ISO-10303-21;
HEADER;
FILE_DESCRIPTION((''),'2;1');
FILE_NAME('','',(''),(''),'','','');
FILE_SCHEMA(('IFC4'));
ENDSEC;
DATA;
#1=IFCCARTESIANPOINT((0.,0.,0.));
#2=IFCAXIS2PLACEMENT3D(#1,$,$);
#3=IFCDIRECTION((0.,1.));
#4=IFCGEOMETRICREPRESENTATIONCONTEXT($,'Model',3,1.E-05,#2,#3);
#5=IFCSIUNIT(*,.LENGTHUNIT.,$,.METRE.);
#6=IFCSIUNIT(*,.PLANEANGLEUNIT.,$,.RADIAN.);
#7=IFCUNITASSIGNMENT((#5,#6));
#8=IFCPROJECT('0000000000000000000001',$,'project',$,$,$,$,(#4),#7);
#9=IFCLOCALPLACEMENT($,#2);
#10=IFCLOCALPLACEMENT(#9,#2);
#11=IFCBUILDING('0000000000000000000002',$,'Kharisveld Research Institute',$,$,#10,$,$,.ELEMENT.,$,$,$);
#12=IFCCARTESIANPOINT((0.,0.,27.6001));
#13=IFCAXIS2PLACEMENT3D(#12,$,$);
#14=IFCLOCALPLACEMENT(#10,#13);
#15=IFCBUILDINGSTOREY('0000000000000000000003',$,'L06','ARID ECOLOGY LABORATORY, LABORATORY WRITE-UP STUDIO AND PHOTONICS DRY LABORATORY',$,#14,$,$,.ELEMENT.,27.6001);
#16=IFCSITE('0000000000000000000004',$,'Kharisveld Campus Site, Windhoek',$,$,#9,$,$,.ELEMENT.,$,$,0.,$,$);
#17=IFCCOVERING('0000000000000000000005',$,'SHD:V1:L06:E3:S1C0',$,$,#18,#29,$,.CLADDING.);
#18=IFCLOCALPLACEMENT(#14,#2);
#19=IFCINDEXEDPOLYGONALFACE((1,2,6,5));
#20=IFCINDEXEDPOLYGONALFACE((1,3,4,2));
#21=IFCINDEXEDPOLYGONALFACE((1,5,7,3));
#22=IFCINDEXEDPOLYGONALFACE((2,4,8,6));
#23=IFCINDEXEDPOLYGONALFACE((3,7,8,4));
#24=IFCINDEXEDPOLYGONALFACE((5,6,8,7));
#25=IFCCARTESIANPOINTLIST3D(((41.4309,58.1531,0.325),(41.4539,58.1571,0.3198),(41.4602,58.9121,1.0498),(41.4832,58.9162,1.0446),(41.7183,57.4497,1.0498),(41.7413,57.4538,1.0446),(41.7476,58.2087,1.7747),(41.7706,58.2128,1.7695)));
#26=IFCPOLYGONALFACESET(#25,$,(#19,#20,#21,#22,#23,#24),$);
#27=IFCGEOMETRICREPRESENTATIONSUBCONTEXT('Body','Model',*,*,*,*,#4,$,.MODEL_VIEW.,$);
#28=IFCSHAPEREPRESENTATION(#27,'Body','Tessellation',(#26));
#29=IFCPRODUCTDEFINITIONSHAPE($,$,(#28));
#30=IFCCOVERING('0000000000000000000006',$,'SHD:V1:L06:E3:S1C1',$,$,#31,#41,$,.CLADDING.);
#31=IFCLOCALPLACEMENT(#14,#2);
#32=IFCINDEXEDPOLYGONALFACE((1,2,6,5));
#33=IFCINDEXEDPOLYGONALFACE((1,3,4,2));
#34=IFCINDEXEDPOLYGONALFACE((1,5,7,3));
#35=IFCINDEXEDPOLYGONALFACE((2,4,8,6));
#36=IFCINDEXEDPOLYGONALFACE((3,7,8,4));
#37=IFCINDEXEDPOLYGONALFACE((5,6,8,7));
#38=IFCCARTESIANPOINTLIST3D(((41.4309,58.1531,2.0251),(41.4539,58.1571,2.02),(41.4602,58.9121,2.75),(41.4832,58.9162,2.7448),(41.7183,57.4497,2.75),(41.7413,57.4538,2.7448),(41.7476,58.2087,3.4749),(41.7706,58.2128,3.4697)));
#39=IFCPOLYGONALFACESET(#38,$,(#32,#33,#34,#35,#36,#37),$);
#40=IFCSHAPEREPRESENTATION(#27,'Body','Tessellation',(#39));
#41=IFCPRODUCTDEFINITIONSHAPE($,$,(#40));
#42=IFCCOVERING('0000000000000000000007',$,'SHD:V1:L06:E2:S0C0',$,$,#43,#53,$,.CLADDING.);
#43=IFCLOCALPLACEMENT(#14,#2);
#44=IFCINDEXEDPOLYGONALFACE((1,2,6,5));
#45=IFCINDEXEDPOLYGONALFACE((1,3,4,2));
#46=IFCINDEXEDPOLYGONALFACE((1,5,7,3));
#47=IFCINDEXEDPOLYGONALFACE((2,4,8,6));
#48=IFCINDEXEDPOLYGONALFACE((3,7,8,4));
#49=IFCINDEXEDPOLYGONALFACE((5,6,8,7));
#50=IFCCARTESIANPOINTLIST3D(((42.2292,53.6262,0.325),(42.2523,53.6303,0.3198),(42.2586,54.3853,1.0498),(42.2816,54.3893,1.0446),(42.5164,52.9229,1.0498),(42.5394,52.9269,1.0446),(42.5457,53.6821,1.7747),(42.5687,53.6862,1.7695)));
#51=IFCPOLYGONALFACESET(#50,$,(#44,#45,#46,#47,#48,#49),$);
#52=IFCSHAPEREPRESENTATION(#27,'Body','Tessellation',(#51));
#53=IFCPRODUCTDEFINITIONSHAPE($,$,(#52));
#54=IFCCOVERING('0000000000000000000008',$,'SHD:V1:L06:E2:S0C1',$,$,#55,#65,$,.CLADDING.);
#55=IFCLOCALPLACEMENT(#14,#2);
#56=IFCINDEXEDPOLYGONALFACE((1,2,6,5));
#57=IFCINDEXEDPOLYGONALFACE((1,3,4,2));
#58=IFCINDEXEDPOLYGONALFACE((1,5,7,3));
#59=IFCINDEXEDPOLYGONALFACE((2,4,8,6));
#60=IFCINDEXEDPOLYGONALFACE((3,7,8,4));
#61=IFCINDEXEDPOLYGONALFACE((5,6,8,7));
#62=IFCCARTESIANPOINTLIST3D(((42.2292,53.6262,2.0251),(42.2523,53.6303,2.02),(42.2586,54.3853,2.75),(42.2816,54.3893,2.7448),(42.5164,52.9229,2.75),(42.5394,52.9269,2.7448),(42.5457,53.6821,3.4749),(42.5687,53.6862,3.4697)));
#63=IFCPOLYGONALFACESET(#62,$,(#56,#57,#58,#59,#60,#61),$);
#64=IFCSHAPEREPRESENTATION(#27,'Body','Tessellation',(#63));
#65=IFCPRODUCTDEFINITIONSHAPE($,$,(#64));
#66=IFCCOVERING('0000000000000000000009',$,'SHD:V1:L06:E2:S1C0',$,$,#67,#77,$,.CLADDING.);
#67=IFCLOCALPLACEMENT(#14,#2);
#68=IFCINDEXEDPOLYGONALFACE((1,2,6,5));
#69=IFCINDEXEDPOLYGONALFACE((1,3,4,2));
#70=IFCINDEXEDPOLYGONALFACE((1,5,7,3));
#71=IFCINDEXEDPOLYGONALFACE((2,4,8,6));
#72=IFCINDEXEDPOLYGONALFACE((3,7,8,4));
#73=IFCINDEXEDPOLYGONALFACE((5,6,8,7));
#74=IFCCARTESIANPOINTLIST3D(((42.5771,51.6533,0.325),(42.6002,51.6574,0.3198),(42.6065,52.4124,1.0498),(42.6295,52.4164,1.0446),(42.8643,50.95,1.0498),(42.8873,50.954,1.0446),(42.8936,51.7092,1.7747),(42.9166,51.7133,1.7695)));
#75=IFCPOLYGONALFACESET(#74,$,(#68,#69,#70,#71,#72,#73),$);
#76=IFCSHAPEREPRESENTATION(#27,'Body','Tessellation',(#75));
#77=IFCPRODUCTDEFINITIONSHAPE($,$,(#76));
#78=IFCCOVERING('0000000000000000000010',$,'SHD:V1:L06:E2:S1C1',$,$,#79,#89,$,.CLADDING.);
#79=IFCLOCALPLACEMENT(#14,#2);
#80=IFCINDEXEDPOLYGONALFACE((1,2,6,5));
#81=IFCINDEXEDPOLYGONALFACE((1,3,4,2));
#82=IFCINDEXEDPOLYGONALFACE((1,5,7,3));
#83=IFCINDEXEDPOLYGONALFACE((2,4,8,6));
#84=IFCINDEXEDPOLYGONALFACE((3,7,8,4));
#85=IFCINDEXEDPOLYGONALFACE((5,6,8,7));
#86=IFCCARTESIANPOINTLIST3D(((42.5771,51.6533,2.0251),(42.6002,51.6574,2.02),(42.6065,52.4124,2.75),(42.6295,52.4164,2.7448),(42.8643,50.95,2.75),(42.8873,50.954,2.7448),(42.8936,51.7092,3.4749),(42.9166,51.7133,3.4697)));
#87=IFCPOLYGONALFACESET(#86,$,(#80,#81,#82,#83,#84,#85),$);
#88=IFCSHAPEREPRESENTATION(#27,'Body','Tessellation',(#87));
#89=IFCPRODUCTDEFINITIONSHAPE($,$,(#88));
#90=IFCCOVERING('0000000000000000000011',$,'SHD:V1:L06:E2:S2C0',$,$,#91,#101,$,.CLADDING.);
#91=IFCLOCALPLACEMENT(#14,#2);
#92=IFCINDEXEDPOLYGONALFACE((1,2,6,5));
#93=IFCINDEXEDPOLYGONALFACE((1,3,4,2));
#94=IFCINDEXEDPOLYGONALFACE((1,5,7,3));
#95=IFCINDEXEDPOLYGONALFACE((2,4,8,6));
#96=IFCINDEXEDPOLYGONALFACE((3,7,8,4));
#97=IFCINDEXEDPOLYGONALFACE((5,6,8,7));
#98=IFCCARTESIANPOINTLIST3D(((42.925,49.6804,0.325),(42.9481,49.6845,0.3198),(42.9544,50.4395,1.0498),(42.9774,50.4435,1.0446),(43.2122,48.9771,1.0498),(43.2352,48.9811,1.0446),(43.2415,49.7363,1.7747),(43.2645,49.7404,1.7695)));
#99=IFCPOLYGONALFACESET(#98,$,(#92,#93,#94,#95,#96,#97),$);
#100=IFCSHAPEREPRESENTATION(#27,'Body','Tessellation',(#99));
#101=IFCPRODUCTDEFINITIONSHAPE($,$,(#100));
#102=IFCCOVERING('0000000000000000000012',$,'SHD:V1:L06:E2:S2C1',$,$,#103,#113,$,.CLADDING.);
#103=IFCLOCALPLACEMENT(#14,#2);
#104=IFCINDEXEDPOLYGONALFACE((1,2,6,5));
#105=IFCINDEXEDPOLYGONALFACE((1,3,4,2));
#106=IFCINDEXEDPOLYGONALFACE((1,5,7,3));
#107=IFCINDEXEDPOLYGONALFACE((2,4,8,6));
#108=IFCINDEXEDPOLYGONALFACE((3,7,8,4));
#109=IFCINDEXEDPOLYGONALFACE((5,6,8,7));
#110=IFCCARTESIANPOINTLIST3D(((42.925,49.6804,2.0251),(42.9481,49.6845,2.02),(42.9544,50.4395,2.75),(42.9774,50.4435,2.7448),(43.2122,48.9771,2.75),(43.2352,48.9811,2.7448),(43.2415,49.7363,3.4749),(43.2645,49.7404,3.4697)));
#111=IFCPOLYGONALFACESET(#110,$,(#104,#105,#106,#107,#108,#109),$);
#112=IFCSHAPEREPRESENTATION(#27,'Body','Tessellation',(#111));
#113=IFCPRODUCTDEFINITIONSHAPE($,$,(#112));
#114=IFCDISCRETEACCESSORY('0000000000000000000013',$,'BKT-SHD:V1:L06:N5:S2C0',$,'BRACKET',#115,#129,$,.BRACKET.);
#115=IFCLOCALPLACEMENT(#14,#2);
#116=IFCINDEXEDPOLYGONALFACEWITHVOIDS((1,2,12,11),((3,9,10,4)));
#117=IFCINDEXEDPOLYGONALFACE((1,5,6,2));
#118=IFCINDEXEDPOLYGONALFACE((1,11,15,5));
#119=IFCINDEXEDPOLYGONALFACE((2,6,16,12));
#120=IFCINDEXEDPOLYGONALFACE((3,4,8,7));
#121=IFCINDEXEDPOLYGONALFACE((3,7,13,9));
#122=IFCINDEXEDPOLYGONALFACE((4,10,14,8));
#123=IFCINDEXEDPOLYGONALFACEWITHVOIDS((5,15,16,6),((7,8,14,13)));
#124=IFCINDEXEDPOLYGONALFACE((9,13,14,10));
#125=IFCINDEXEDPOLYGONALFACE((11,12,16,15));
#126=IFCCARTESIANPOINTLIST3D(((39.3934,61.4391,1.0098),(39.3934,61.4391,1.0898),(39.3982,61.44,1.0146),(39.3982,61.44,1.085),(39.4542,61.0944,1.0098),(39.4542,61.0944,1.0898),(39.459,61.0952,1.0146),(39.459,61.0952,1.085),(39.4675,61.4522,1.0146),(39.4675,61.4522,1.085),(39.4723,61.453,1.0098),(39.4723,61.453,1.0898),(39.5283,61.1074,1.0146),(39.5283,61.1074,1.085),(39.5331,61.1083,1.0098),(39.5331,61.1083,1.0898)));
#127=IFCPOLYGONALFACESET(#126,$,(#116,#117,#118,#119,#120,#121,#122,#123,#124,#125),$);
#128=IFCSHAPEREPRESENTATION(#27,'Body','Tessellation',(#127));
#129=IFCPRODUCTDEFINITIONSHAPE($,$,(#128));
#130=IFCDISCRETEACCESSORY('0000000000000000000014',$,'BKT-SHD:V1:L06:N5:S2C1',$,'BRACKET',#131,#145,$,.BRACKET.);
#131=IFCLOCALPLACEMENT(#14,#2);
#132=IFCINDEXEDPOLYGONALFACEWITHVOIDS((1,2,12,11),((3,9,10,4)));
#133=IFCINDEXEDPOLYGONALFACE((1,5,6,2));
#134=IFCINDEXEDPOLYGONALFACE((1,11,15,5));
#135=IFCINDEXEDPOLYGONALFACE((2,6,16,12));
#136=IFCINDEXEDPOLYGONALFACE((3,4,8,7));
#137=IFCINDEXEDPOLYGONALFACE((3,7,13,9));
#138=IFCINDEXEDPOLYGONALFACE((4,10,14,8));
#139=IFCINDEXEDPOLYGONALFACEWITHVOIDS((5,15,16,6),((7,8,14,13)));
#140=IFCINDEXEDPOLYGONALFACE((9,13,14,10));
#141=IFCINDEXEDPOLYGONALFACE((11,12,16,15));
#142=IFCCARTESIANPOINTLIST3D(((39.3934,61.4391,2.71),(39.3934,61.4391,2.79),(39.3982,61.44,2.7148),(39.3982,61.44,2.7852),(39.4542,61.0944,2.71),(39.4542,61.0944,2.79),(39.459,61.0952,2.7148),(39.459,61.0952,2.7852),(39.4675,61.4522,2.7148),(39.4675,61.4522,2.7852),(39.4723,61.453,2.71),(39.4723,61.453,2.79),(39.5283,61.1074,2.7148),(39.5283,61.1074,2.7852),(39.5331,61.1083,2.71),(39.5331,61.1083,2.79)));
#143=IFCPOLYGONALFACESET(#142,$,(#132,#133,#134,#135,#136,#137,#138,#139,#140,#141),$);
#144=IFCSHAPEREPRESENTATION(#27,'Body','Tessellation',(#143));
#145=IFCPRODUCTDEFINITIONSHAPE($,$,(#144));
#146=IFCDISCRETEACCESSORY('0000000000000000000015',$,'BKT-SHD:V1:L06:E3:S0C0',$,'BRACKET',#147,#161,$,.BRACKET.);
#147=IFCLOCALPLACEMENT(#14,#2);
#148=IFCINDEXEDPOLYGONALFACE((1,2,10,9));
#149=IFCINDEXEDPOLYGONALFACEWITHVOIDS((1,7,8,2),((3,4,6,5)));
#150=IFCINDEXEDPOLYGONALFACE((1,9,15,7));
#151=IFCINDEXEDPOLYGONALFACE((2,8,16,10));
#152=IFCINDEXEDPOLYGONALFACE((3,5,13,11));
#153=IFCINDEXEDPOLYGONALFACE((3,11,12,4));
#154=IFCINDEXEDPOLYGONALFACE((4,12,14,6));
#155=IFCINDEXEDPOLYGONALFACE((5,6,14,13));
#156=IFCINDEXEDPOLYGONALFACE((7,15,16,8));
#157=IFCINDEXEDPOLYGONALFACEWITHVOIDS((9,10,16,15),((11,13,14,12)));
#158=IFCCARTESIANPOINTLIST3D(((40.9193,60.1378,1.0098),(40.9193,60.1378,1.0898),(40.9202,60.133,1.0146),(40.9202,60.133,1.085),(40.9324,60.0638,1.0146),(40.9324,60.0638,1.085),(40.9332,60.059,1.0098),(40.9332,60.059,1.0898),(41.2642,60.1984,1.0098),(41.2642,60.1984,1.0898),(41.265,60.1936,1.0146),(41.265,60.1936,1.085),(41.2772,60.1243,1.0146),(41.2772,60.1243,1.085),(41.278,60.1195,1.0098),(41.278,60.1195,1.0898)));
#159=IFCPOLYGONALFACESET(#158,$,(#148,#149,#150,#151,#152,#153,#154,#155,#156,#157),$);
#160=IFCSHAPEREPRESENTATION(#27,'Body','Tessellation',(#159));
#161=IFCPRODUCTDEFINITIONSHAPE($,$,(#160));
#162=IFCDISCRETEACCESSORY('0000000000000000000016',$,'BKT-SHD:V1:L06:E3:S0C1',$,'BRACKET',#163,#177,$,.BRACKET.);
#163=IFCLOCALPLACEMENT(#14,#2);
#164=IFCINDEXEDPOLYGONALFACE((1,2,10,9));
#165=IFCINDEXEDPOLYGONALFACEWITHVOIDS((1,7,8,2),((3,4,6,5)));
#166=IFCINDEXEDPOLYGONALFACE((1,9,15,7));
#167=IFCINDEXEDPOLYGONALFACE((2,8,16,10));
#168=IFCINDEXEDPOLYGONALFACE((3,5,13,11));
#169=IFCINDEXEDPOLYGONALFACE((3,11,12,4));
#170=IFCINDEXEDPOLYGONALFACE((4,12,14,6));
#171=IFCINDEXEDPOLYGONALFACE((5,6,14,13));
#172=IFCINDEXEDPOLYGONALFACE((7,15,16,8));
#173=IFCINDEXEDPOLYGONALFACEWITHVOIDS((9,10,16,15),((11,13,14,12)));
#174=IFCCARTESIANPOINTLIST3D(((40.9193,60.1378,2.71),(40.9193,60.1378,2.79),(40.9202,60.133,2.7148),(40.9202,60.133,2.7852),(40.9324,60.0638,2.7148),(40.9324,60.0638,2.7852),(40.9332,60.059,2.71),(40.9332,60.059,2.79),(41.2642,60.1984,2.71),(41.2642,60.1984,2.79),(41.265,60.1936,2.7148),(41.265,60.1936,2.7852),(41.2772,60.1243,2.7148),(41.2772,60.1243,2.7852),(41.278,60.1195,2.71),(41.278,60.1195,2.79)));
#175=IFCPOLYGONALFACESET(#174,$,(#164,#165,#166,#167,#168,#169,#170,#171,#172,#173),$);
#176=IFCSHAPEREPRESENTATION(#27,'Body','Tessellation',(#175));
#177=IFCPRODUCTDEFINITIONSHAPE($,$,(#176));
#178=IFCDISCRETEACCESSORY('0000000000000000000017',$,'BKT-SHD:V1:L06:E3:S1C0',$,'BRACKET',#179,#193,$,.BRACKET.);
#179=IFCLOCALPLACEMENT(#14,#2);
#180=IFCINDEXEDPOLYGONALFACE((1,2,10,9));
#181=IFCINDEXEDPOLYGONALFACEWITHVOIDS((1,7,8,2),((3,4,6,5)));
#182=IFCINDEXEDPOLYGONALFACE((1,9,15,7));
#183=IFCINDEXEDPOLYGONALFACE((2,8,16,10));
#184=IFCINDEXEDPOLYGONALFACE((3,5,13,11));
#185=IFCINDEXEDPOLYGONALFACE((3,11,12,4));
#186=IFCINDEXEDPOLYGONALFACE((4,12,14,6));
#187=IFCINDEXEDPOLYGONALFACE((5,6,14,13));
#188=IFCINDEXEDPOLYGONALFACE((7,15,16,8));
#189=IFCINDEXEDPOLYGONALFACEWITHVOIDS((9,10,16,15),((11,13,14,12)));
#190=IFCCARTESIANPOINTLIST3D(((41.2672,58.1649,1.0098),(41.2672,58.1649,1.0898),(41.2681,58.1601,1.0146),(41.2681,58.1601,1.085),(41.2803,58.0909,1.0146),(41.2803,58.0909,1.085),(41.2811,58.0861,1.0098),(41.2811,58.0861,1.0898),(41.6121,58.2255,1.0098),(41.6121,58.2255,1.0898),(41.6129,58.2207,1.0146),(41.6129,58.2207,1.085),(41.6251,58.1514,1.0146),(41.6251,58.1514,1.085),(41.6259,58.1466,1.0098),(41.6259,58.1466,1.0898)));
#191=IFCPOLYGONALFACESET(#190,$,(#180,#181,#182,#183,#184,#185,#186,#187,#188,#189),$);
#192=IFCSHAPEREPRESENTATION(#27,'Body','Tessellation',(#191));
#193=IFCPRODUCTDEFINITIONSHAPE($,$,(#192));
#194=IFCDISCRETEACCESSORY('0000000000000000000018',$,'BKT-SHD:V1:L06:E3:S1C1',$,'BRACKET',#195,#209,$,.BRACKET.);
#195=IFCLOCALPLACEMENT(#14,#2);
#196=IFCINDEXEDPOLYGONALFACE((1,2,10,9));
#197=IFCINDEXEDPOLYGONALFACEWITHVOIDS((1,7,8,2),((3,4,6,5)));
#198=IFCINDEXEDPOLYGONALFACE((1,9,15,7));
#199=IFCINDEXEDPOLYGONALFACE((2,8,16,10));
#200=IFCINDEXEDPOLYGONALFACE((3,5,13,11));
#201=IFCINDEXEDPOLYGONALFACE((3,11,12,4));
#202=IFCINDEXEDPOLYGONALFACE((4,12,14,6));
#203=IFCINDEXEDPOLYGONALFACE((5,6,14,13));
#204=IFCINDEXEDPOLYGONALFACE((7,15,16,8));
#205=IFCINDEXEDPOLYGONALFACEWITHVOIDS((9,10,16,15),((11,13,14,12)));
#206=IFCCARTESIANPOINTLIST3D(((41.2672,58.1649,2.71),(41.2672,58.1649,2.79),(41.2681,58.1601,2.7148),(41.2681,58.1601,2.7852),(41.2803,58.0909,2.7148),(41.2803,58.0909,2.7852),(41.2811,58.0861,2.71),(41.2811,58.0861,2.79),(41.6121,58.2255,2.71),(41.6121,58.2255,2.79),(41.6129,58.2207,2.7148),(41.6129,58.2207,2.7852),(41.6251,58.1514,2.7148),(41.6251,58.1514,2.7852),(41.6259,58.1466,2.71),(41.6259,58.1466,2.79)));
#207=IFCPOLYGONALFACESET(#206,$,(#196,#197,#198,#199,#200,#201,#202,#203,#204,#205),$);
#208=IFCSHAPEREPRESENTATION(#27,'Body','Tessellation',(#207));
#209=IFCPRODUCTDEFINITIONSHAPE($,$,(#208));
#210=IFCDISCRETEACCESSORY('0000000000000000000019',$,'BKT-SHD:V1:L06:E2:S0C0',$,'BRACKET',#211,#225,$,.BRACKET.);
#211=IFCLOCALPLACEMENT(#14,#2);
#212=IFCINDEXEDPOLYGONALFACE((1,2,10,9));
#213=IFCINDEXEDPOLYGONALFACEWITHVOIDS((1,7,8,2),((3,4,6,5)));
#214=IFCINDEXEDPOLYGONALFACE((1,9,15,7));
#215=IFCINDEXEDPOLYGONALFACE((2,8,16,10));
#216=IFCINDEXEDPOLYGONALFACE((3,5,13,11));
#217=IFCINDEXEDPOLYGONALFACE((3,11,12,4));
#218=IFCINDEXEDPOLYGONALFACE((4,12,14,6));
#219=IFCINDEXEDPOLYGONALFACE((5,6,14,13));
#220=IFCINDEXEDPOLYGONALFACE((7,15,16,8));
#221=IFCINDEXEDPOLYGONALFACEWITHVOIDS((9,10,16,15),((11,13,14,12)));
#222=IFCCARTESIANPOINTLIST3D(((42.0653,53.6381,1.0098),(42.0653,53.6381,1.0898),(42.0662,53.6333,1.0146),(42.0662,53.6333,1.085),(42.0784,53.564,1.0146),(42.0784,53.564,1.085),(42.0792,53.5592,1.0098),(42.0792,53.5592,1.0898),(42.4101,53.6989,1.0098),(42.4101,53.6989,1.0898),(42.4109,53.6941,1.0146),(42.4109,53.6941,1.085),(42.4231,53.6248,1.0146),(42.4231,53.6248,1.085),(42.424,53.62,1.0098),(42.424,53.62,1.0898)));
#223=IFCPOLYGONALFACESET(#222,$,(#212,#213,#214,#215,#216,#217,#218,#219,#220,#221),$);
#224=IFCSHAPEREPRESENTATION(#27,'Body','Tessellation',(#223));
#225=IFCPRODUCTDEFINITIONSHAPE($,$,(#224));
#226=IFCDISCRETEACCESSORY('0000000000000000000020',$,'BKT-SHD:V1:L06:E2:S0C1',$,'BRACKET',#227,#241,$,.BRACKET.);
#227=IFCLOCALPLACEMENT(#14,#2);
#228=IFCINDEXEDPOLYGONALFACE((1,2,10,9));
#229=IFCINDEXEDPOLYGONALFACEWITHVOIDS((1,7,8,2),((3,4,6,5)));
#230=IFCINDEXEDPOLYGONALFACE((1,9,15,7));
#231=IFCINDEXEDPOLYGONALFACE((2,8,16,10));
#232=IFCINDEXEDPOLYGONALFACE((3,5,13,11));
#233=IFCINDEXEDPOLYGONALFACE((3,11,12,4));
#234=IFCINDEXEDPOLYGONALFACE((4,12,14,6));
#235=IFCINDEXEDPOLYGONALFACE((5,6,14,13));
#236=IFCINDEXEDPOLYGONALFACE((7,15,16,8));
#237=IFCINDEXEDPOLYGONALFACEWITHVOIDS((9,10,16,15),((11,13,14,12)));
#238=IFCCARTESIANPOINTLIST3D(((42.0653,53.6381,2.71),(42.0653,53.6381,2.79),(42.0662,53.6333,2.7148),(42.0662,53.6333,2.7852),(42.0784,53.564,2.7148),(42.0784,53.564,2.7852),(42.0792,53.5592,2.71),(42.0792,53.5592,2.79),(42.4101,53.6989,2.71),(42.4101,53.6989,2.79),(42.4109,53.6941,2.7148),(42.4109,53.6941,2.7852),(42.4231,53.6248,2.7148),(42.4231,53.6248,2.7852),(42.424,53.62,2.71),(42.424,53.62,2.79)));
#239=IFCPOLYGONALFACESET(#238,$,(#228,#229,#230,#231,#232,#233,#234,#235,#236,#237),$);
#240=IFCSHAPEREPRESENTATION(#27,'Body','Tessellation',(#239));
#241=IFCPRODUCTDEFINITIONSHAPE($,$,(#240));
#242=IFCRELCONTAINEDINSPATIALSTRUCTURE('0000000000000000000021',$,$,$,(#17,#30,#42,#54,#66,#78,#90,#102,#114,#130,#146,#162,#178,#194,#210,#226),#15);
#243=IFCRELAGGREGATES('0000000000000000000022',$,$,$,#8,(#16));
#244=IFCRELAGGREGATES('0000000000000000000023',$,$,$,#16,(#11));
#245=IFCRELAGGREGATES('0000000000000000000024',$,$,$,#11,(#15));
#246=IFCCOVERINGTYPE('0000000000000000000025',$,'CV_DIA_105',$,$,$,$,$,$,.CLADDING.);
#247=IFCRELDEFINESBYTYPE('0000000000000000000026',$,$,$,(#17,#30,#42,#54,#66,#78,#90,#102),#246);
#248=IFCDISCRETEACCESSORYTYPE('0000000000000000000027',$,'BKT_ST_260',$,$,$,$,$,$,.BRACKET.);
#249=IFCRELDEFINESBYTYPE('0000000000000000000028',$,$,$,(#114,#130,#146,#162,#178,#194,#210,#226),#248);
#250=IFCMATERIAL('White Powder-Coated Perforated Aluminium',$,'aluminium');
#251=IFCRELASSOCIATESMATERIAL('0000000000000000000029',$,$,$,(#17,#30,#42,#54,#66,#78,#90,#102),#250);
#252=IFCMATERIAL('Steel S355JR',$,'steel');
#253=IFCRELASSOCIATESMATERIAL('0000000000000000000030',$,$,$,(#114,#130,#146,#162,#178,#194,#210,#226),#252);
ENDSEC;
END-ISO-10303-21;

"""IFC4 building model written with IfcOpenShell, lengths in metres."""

from ifc_helpers import new_model, si_unit, direction, frame, origin, origin_2d, place, context, subcontext, project, spatial, polyline, hollow_rectangle, outline, extrude, material, type_object, element, save


model = new_model("IFC4")

# Units and contexts
model_context = context("Model", 3, precision=1e-05, world=origin(), true_north=direction((0.0, 1.0)))
body_context = subcontext(model_context, "Body", "Model", "MODEL_VIEW")
ifc_project = project(units=[si_unit("LENGTHUNIT", "METRE"), si_unit("PLANEANGLEUNIT", "RADIAN")], contexts=[model_context])

# Site, building, storey
site_placement = place(None, origin())
site = spatial("IfcSite", under=ifc_project, at=site_placement, Name="Kharisveld Campus Site, Windhoek", CompositionType="ELEMENT", RefElevation=0.0)
building_placement = place(site_placement, origin())
building = spatial("IfcBuilding", under=site, at=building_placement, Name="Kharisveld Research Institute", CompositionType="ELEMENT")
storey_placement = place(building_placement, frame((0.0, 0.0, 27.6001)))
storey = spatial("IfcBuildingStorey", under=building, at=storey_placement, Name="L06", Description="ARID ECOLOGY LABORATORY, LABORATORY WRITE-UP STUDIO AND PHOTONICS DRY LABORATORY", CompositionType="ELEMENT", Elevation=27.6001)

# Coverings
ifc_material_1 = material(Name="White Powder-Coated Perforated Aluminium", Category="aluminium")
covering_type = type_object("IfcCoveringType", Name="CV_DIA_105", PredefinedType="CLADDING")
for number, where, z_axis, x_axis, name in (
    (1, (41.4309, 58.1531, 0.325), (-0.961426, -0.169654, 0.216512), (0.273644, -0.669811, 0.69027), "SHD:V1:L06:E3:S1C0"),
    (2, (41.4309, 58.1531, 2.0251), (-0.961426, -0.169654, 0.216512), (0.273644, -0.669811, 0.69027), "SHD:V1:L06:E3:S1C1"),
):
    element("IfcCovering", number, at=place(storey_placement, frame(where, z_axis=z_axis, x_axis=x_axis)), inside=storey, type_object=covering_type, material=ifc_material_1, Name=name, PredefinedType="CLADDING", context=body_context, shape_type="SweptSolid", body=[
        extrude(outline(polyline([(0.0, 0.0), (1.0501, 0.0), (1.0501, 1.05), (0.0, 1.05), (0.0, 0.0)])), origin(), (0.0, 0.0, -1.0), 0.0239),
    ])
for number, where, z_axis, x_axis, name in (
    (3, (42.2292, 53.6262, 0.325), (-0.961481, -0.169503, 0.216385), (0.273447, -0.66985, 0.69031), "SHD:V1:L06:E2:S0C0"),
    (4, (42.2292, 53.6262, 2.0251), (-0.961481, -0.169503, 0.216385), (0.273447, -0.66985, 0.69031), "SHD:V1:L06:E2:S0C1"),
    (5, (42.5771, 51.6533, 0.325), (-0.961481, -0.169503, 0.216385), (0.273447, -0.66985, 0.69031), "SHD:V1:L06:E2:S1C0"),
    (6, (42.5771, 51.6533, 2.0251), (-0.961481, -0.169503, 0.216385), (0.273447, -0.66985, 0.69031), "SHD:V1:L06:E2:S1C1"),
    (7, (42.925, 49.6804, 0.325), (-0.961481, -0.169503, 0.216385), (0.273447, -0.66985, 0.69031), "SHD:V1:L06:E2:S2C0"),
    (8, (42.925, 49.6804, 2.0251), (-0.961481, -0.169503, 0.216385), (0.273447, -0.66985, 0.69031), "SHD:V1:L06:E2:S2C1"),
):
    element("IfcCovering", number, at=place(storey_placement, frame(where, z_axis=z_axis, x_axis=x_axis)), inside=storey, type_object=covering_type, material=ifc_material_1, Name=name, PredefinedType="CLADDING", context=body_context, shape_type="SweptSolid", body=[
        extrude(outline(polyline([(0.0, 0.0), (1.05, 0.0), (1.0498, 1.0501), (-0.0001, 1.05), (0.0, 0.0)])), origin(), (0.0, 0.0, -1.0), 0.0239),
    ])

# Discrete accessories
ifc_material_2 = material(Name="Steel S355JR", Category="steel")
discrete_accessory_type = type_object("IfcDiscreteAccessoryType", Name="BKT_ST_260", PredefinedType="BRACKET")
for number, where, z_axis, x_axis, name in (
    (9, (39.4937, 61.1013, 1.0498), (-0.173666, 0.984805, 0.0), (-0.984805, -0.173666, 0.0), "BKT-SHD:V1:L06:N5:S2C0"),
    (10, (39.4937, 61.1013, 2.75), (-0.173666, 0.984805, 0.0), (-0.984805, -0.173666, 0.0), "BKT-SHD:V1:L06:N5:S2C1"),
    (11, (40.9263, 60.0984, 1.0498), (0.984924, 0.172989, 0.0), (-0.172989, 0.984924, 0.0), "BKT-SHD:V1:L06:E3:S0C0"),
    (12, (40.9263, 60.0984, 2.75), (0.984924, 0.172989, 0.0), (-0.172989, 0.984924, 0.0), "BKT-SHD:V1:L06:E3:S0C1"),
    (13, (41.2742, 58.1255, 1.0498), (0.984924, 0.172989, 0.0), (-0.172989, 0.984924, 0.0), "BKT-SHD:V1:L06:E3:S1C0"),
    (14, (41.2742, 58.1255, 2.75), (0.984924, 0.172989, 0.0), (-0.172989, 0.984924, 0.0), "BKT-SHD:V1:L06:E3:S1C1"),
    (15, (42.0723, 53.5986, 1.0498), (0.984805, 0.173666, 0.0), (-0.173666, 0.984805, 0.0), "BKT-SHD:V1:L06:E2:S0C0"),
    (16, (42.0723, 53.5986, 2.75), (0.984805, 0.173666, 0.0), (-0.173666, 0.984805, 0.0), "BKT-SHD:V1:L06:E2:S0C1"),
):
    element("IfcDiscreteAccessory", number, at=place(storey_placement, frame(where, z_axis=z_axis, x_axis=x_axis)), inside=storey, type_object=discrete_accessory_type, material=ifc_material_2, Name=name, ObjectType="BRACKET", PredefinedType="BRACKET", context=body_context, shape_type="SweptSolid", body=[
        extrude(hollow_rectangle(XDim=0.0801, YDim=0.0801, WallThickness=0.0049, at=origin_2d()), origin(), (0.0, 0.0, 1.0), 0.3501),
    ])

save(model, "model.ifc")
